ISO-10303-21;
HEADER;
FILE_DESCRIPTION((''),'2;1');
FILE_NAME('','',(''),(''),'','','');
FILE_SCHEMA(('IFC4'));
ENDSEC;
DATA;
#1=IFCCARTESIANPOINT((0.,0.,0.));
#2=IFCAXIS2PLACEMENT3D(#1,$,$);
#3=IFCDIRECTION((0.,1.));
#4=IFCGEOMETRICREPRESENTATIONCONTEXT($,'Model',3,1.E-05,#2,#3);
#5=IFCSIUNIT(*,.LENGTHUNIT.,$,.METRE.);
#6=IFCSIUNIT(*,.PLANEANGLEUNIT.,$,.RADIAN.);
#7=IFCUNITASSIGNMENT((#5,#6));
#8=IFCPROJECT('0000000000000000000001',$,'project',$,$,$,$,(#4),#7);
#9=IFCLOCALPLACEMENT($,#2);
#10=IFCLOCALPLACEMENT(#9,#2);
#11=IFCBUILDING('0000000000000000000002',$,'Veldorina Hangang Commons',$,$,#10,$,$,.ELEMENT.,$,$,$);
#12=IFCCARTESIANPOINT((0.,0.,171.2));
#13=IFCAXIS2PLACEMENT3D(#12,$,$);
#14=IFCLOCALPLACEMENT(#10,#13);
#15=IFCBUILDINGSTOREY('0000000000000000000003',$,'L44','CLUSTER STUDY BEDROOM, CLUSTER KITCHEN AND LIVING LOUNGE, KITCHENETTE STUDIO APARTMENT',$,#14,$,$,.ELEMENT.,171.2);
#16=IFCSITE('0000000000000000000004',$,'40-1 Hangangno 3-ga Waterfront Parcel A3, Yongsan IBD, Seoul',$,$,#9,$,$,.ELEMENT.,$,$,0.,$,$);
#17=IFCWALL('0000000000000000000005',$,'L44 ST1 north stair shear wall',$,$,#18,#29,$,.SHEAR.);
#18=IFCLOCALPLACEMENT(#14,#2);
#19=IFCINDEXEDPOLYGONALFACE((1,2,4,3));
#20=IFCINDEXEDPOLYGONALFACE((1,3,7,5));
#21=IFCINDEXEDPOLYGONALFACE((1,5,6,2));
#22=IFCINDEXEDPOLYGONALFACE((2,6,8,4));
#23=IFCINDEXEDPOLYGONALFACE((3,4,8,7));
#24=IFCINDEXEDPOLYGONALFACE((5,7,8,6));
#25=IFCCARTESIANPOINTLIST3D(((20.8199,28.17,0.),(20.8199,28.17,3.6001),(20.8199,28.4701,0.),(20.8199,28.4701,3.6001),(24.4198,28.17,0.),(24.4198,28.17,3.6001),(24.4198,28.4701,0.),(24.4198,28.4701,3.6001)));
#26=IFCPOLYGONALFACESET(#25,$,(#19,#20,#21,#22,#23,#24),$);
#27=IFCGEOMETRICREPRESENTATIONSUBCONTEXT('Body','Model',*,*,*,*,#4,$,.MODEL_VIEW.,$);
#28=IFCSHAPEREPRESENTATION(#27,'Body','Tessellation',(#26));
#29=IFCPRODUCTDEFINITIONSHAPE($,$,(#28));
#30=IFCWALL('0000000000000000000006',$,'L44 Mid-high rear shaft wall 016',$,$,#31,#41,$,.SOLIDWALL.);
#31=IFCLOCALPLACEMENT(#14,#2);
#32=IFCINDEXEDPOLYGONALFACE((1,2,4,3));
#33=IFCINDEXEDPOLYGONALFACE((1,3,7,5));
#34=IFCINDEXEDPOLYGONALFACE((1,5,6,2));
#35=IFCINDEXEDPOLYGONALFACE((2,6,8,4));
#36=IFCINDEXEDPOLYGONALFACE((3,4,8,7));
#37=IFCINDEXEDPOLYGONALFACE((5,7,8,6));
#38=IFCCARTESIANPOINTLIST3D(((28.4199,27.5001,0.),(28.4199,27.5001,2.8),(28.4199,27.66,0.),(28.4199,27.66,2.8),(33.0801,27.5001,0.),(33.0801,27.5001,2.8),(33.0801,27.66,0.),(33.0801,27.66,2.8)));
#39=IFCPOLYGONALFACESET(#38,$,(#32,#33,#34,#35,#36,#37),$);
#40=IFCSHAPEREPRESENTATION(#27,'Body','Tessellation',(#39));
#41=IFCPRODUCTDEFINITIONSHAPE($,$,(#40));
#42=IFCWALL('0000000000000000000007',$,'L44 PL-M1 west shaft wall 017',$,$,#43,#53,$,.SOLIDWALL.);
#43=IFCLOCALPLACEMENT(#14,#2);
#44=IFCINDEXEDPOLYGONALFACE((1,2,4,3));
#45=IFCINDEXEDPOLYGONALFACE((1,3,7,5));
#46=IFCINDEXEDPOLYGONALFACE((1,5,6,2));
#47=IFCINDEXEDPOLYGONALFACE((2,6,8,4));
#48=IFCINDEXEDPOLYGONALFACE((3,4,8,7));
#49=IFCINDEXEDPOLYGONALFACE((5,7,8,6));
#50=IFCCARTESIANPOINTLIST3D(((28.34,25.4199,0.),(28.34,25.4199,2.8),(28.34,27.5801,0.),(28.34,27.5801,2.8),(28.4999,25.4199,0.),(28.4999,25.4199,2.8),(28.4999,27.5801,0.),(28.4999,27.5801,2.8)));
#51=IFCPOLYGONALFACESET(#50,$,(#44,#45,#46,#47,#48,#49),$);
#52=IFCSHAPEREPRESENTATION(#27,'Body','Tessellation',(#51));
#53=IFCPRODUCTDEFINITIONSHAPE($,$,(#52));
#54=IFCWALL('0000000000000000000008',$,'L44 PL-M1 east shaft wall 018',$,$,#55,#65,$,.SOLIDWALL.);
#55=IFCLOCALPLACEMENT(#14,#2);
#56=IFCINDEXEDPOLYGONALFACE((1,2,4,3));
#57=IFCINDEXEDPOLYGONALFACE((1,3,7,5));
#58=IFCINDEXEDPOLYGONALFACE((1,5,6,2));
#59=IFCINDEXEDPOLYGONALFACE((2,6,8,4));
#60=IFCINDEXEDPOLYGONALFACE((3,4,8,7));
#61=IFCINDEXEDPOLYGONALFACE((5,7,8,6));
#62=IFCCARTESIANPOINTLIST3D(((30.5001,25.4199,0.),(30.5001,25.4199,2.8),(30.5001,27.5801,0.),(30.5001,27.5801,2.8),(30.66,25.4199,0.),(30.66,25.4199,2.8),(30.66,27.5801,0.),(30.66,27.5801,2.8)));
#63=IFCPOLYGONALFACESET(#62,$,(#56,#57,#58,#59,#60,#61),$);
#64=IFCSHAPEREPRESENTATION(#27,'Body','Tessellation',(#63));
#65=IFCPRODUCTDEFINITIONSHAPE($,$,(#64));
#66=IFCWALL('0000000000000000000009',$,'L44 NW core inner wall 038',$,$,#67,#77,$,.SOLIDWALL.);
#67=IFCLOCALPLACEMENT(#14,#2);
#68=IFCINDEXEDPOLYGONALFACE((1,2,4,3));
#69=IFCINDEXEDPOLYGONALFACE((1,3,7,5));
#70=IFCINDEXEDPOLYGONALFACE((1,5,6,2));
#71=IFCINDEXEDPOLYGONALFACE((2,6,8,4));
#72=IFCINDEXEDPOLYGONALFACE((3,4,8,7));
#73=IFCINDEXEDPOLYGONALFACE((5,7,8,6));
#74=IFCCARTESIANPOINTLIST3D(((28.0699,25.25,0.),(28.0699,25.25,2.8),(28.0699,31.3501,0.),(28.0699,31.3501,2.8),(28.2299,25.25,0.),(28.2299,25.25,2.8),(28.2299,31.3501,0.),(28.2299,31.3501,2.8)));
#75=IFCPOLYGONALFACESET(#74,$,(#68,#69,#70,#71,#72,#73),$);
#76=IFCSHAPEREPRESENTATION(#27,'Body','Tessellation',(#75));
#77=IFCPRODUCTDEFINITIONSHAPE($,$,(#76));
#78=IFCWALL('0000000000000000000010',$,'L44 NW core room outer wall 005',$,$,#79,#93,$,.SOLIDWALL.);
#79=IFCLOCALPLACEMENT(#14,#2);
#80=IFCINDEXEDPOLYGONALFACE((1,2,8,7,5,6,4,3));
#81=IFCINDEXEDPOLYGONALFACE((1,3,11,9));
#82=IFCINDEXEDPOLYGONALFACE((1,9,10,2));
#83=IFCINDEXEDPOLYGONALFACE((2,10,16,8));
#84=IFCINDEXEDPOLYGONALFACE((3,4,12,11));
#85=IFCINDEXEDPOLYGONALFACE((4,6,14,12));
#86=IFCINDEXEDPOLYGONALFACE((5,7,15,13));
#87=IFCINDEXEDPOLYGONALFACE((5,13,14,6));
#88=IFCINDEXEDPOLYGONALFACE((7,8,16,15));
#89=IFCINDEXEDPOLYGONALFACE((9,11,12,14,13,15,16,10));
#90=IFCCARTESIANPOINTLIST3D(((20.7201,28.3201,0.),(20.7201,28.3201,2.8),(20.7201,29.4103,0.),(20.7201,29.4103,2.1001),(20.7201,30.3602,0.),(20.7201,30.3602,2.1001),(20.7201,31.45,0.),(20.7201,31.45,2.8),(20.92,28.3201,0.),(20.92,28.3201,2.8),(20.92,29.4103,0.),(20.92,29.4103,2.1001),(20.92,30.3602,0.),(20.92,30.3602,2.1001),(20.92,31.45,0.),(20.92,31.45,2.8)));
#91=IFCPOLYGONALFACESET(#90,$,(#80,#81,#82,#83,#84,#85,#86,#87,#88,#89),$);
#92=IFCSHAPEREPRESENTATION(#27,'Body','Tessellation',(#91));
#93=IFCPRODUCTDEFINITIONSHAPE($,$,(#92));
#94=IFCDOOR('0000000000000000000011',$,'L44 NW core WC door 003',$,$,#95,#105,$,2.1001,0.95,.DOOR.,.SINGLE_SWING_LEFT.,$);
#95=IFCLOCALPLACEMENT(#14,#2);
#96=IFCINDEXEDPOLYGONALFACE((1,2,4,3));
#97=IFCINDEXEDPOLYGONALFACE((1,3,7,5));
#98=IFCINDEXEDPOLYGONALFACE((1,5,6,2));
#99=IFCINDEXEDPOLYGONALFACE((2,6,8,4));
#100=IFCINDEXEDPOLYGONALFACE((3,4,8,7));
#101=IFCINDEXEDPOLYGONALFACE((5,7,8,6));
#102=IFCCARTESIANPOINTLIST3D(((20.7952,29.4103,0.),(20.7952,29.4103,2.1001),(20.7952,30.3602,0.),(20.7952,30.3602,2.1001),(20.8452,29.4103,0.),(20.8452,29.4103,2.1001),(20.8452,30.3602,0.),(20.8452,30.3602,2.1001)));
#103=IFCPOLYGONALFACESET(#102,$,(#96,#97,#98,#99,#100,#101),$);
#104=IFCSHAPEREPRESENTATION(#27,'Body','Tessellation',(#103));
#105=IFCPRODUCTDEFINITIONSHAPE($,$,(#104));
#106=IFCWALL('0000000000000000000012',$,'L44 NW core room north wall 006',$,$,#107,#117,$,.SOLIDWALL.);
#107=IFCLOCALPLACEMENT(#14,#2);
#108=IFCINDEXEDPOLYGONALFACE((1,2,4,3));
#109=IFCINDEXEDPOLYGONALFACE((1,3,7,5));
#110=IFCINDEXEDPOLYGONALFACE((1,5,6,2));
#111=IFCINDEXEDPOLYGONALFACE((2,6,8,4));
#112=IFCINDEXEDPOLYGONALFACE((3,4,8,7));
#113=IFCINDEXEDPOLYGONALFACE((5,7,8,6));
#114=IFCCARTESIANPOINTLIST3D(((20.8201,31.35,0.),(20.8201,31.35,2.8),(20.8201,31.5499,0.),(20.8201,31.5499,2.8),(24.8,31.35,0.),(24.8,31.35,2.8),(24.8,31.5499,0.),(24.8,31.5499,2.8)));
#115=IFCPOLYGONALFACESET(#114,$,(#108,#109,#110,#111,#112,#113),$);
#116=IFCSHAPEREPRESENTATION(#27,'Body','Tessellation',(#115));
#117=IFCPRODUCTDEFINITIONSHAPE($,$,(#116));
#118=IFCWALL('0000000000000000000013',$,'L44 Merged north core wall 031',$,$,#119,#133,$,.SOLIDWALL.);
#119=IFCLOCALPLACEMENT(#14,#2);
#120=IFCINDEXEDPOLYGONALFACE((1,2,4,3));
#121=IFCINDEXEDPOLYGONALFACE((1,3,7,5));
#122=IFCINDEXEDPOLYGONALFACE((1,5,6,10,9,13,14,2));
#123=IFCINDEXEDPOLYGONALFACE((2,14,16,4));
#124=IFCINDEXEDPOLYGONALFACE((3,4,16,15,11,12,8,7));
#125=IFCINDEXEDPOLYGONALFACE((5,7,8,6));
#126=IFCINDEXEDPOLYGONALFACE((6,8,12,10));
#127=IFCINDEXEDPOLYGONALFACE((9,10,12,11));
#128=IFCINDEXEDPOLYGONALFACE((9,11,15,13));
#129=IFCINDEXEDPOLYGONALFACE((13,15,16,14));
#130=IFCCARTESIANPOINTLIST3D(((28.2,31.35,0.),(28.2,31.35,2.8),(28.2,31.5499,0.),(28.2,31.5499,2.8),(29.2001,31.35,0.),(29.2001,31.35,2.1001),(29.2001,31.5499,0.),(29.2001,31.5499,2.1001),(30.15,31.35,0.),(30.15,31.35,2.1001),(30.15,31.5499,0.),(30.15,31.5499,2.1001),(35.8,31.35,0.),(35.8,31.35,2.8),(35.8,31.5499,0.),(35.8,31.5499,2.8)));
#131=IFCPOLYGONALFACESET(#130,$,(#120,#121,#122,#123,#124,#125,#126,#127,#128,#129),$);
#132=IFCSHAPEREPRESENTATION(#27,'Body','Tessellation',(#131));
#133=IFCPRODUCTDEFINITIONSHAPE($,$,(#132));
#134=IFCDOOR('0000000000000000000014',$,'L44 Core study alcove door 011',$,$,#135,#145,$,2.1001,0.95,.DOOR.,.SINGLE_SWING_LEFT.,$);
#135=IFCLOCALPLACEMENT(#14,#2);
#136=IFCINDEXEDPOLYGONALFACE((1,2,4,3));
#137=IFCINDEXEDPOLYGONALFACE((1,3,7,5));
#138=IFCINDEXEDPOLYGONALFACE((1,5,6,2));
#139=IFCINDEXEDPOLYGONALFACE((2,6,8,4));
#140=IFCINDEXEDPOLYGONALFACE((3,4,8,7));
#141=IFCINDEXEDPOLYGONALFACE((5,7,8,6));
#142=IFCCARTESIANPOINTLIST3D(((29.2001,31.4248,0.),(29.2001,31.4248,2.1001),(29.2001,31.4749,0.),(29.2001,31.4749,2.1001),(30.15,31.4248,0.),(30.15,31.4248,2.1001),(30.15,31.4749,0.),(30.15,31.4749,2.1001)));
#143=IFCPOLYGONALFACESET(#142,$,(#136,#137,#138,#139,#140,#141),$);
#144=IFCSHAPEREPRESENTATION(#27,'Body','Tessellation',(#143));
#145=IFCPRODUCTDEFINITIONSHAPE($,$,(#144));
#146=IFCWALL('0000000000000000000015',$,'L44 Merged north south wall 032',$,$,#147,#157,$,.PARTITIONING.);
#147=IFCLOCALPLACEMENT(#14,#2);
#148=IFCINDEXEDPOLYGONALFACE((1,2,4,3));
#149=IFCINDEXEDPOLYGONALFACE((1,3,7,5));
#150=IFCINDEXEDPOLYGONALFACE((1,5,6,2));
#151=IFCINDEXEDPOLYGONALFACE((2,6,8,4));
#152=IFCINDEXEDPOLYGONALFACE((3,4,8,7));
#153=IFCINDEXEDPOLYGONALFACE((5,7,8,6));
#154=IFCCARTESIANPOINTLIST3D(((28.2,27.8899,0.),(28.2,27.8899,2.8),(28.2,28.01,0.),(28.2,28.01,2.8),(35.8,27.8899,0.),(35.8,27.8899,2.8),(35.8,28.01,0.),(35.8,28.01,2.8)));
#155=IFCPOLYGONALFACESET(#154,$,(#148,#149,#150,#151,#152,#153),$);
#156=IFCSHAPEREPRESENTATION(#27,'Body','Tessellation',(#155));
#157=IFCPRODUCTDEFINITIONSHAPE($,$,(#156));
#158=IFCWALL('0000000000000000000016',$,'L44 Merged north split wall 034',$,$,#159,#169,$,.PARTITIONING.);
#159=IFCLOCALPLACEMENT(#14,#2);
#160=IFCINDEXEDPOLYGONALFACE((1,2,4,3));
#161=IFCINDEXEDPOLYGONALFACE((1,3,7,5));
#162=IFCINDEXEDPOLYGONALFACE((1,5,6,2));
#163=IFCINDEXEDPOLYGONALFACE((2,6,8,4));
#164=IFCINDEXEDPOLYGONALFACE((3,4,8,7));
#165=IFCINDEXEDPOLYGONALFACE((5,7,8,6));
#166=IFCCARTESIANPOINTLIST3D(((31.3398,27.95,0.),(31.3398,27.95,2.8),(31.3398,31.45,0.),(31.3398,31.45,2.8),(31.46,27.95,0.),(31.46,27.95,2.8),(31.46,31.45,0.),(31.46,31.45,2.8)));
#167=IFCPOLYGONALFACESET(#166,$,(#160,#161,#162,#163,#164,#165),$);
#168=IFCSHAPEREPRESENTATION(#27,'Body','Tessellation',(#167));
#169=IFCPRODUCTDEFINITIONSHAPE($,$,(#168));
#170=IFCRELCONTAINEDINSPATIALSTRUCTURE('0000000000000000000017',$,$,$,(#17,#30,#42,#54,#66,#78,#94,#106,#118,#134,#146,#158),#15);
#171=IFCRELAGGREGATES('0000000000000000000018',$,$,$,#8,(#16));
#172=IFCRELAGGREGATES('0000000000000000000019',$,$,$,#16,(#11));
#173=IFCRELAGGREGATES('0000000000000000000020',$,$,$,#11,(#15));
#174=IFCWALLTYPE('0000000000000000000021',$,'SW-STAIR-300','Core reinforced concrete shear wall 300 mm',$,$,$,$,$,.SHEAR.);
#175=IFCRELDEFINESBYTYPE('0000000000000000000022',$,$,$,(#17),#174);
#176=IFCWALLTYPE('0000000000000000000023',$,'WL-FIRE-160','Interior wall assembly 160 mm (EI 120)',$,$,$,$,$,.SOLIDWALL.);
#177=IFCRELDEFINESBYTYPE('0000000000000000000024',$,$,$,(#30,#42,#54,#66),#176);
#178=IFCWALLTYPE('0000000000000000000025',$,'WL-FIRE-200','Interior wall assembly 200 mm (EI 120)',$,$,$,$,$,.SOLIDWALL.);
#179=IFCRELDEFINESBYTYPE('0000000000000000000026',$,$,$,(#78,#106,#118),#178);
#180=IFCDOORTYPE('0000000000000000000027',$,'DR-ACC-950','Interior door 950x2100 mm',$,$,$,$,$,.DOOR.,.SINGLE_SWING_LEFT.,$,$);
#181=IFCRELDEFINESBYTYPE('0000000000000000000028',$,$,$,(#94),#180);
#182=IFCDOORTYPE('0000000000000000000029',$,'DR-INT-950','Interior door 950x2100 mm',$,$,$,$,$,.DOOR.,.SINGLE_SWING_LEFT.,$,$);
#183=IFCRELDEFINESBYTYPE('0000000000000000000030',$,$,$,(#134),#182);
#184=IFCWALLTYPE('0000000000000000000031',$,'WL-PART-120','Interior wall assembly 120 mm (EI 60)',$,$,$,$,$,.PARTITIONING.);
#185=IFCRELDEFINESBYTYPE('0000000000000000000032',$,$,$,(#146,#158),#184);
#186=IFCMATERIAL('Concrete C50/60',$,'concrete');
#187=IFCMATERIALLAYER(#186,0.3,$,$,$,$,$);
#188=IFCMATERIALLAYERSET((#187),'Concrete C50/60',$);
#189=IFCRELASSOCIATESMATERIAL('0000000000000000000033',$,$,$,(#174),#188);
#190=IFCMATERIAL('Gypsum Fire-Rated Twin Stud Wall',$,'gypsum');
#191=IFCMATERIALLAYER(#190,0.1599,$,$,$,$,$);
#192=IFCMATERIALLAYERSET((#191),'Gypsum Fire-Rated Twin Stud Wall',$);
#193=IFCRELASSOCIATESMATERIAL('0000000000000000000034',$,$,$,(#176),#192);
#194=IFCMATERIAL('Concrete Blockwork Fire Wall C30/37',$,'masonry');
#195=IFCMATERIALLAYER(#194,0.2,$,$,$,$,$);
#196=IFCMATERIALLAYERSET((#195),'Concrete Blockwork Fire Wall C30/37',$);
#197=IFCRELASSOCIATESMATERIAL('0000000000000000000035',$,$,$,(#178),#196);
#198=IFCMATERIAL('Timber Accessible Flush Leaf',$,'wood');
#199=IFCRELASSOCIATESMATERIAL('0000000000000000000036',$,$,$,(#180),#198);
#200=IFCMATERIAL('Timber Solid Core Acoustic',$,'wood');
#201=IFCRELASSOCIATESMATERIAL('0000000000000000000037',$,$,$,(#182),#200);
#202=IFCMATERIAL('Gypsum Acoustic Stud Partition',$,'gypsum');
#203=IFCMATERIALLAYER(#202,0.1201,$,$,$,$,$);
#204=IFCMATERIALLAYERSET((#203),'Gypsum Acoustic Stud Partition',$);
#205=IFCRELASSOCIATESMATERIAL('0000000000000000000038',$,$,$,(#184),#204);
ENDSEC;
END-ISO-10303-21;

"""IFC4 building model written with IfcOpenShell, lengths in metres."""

from ifc_helpers import new_model, si_unit, direction, frame, frame_2d, origin, place, context, subcontext, project, spatial, rectangle, extrude, material, layer, layer_set, type_object, element, fill, save


model = new_model("IFC4")

# Units and contexts
model_context = context("Model", 3, precision=1e-05, world=origin(), true_north=direction((0.0, 1.0)))
body_context = subcontext(model_context, "Body", "Model", "MODEL_VIEW")
ifc_project = project(units=[si_unit("LENGTHUNIT", "METRE"), si_unit("PLANEANGLEUNIT", "RADIAN")], contexts=[model_context])

# Site, building, storey
site_placement = place(None, origin())
site = spatial("IfcSite", under=ifc_project, at=site_placement, Name="40-1 Hangangno 3-ga Waterfront Parcel A3, Yongsan IBD, Seoul", CompositionType="ELEMENT", RefElevation=0.0)
building_placement = place(site_placement, origin())
building = spatial("IfcBuilding", under=site, at=building_placement, Name="Veldorina Hangang Commons", CompositionType="ELEMENT")
storey_placement = place(building_placement, frame((0.0, 0.0, 171.2)))
storey = spatial("IfcBuildingStorey", under=building, at=storey_placement, Name="L44", Description="CLUSTER STUDY BEDROOM, CLUSTER KITCHEN AND LIVING LOUNGE, KITCHENETTE STUDIO APARTMENT", CompositionType="ELEMENT", Elevation=171.2)

# Wall
ifc_material_1 = material(Name="Concrete C50/60", Category="concrete")
ifc_layer_1 = layer(ifc_material_1, 0.3)
ifc_layer_set_1 = layer_set([ifc_layer_1], Name="Concrete C50/60")
wall_type_1 = type_object("IfcWallType", Name="SW-STAIR-300", Description="Core reinforced concrete shear wall 300 mm", PredefinedType="SHEAR", material=ifc_layer_set_1)
wall_1_placement = place(storey_placement, frame((20.8201, 28.3201, 0.0), z_axis=(0.0, 0.0, 1.0), x_axis=(1.0, 0.0, 0.0)))
element("IfcWall", 1, at=wall_1_placement, inside=storey, type_object=wall_type_1, Name="L44 ST1 north stair shear wall", PredefinedType="SHEAR", context=body_context, shape_type="SweptSolid", body=[
    extrude(rectangle(XDim=3.5999, YDim=0.3, at=frame_2d((1.7998, 0.0))), origin(), (0.0, 0.0, 1.0), 3.6001),
])

# Shared definitions
ifc_material_2 = material(Name="Gypsum Fire-Rated Twin Stud Wall", Category="gypsum")
ifc_layer_2 = layer(ifc_material_2, 0.1599)
ifc_layer_set_2 = layer_set([ifc_layer_2], Name="Gypsum Fire-Rated Twin Stud Wall")
wall_type_2 = type_object("IfcWallType", Name="WL-FIRE-160", Description="Interior wall assembly 160 mm (EI 120)", PredefinedType="SOLIDWALL", material=ifc_layer_set_2)

# Walls
wall_2_placement = place(storey_placement, frame((28.4199, 27.5801, 0.0), z_axis=(0.0, 0.0, 1.0), x_axis=(1.0, 0.0, 0.0)))
element("IfcWall", 2, at=wall_2_placement, inside=storey, type_object=wall_type_2, Name="L44 Mid-high rear shaft wall 016", PredefinedType="SOLIDWALL", context=body_context, shape_type="SweptSolid", body=[
    extrude(rectangle(XDim=4.6602, YDim=0.1599, at=frame_2d((2.3301, 0.0))), origin(), (0.0, 0.0, 1.0), 2.8),
])
for number, where, z_axis, x_axis, name in (
    (3, (28.4199, 25.4199, 0.0), (0.0, 0.0, 1.0), (0.0, 1.0, 0.0), "L44 PL-M1 west shaft wall 017"),
    (4, (30.5801, 25.4199, 0.0), (0.0, 0.0, 1.0), (0.0, 1.0, 0.0), "L44 PL-M1 east shaft wall 018"),
):
    element("IfcWall", number, at=place(storey_placement, frame(where, z_axis=z_axis, x_axis=x_axis)), inside=storey, type_object=wall_type_2, Name=name, PredefinedType="SOLIDWALL", context=body_context, shape_type="SweptSolid", body=[
        extrude(rectangle(XDim=2.1602, YDim=0.1599, at=frame_2d((1.0801, 0.0))), origin(), (0.0, 0.0, 1.0), 2.8),
    ])
wall_3_placement = place(storey_placement, frame((28.1499, 25.25, 0.0), z_axis=(0.0, 0.0, 1.0), x_axis=(0.0, 1.0, 0.0)))
element("IfcWall", 5, at=wall_3_placement, inside=storey, type_object=wall_type_2, Name="L44 NW core inner wall 038", PredefinedType="SOLIDWALL", context=body_context, shape_type="SweptSolid", body=[
    extrude(rectangle(XDim=6.1001, YDim=0.1599, at=frame_2d((3.05, 0.0))), origin(), (0.0, 0.0, 1.0), 2.8),
])

# Wall, opening, door
ifc_material_3 = material(Name="Concrete Blockwork Fire Wall C30/37", Category="masonry")
ifc_layer_3 = layer(ifc_material_3, 0.2)
ifc_layer_set_3 = layer_set([ifc_layer_3], Name="Concrete Blockwork Fire Wall C30/37")
wall_type_3 = type_object("IfcWallType", Name="WL-FIRE-200", Description="Interior wall assembly 200 mm (EI 120)", PredefinedType="SOLIDWALL", material=ifc_layer_set_3)
wall_4_placement = place(storey_placement, frame((20.8201, 28.3201, 0.0), z_axis=(0.0, 0.0, 1.0), x_axis=(0.0, 1.0, 0.0)))
wall_4 = element("IfcWall", 6, at=wall_4_placement, inside=storey, type_object=wall_type_3, Name="L44 NW core room outer wall 005", PredefinedType="SOLIDWALL", context=body_context, shape_type="SweptSolid", body=[
    extrude(rectangle(XDim=3.1299, YDim=0.2, at=frame_2d((1.5649, 0.0))), origin(), (0.0, 0.0, 1.0), 2.8),
])
opening_1_placement = place(wall_4_placement, frame((1.0901, 0.0, 0.0)))
opening_1 = element("IfcOpeningElement", 7, at=opening_1_placement, cuts=wall_4, PredefinedType="OPENING", context=body_context, shape_type="SweptSolid", body=[
    extrude(rectangle(XDim=0.95, YDim=2.1001, at=frame_2d((0.4751, 1.05))), frame((0.0, 0.1099, 0.0), z_axis=(0.0, -1.0, 0.0), x_axis=(1.0, 0.0, 0.0)), (0.0, 0.0, 1.0), 0.22),
])
ifc_material_4 = material(Name="Timber Accessible Flush Leaf", Category="wood")
door_type_1 = type_object("IfcDoorType", Name="DR-ACC-950", Description="Interior door 950x2100 mm", OperationType="SINGLE_SWING_LEFT", PredefinedType="DOOR", material=ifc_material_4)
door_1_placement = place(opening_1_placement, origin())
door_1 = element("IfcDoor", 8, at=door_1_placement, inside=storey, type_object=door_type_1, Name="L44 NW core WC door 003", OperationType="SINGLE_SWING_LEFT", OverallHeight=2.1001, OverallWidth=0.95, PredefinedType="DOOR", context=body_context, shape_type="SweptSolid", body=[
    extrude(rectangle(XDim=0.95, YDim=2.1001, at=frame_2d((0.4751, 1.05))), frame((0.0, 0.0249, 0.0), z_axis=(0.0, -1.0, 0.0), x_axis=(1.0, 0.0, 0.0)), (0.0, 0.0, 1.0), 0.05),
])
fill(opening_1, door_1)

# Wall
wall_5_placement = place(storey_placement, frame((20.8201, 31.45, 0.0), z_axis=(0.0, 0.0, 1.0), x_axis=(1.0, 0.0, 0.0)))
element("IfcWall", 9, at=wall_5_placement, inside=storey, type_object=wall_type_3, Name="L44 NW core room north wall 006", PredefinedType="SOLIDWALL", context=body_context, shape_type="SweptSolid", body=[
    extrude(rectangle(XDim=3.98, YDim=0.2, at=frame_2d((1.99, 0.0))), origin(), (0.0, 0.0, 1.0), 2.8),
])

# Wall, opening, door
wall_6_placement = place(storey_placement, frame((28.2, 31.45, 0.0), z_axis=(0.0, 0.0, 1.0), x_axis=(1.0, 0.0, 0.0)))
wall_6 = element("IfcWall", 10, at=wall_6_placement, inside=storey, type_object=wall_type_3, Name="L44 Merged north core wall 031", PredefinedType="SOLIDWALL", context=body_context, shape_type="SweptSolid", body=[
    extrude(rectangle(XDim=7.6001, YDim=0.2, at=frame_2d((3.8, 0.0))), origin(), (0.0, 0.0, 1.0), 2.8),
])
opening_2_placement = place(wall_6_placement, frame((1.0, 0.0, 0.0)))
opening_2 = element("IfcOpeningElement", 11, at=opening_2_placement, cuts=wall_6, PredefinedType="OPENING", context=body_context, shape_type="SweptSolid", body=[
    extrude(rectangle(XDim=0.95, YDim=2.1001, at=frame_2d((0.4751, 1.05))), frame((0.0, 0.1099, 0.0), z_axis=(0.0, -1.0, 0.0), x_axis=(1.0, 0.0, 0.0)), (0.0, 0.0, 1.0), 0.22),
])
ifc_material_5 = material(Name="Timber Solid Core Acoustic", Category="wood")
door_type_2 = type_object("IfcDoorType", Name="DR-INT-950", Description="Interior door 950x2100 mm", OperationType="SINGLE_SWING_LEFT", PredefinedType="DOOR", material=ifc_material_5)
door_2_placement = place(opening_2_placement, origin())
door_2 = element("IfcDoor", 12, at=door_2_placement, inside=storey, type_object=door_type_2, Name="L44 Core study alcove door 011", OperationType="SINGLE_SWING_LEFT", OverallHeight=2.1001, OverallWidth=0.95, PredefinedType="DOOR", context=body_context, shape_type="SweptSolid", body=[
    extrude(rectangle(XDim=0.95, YDim=2.1001, at=frame_2d((0.4751, 1.05))), frame((0.0, 0.0249, 0.0), z_axis=(0.0, -1.0, 0.0), x_axis=(1.0, 0.0, 0.0)), (0.0, 0.0, 1.0), 0.05),
])
fill(opening_2, door_2)

# Walls
ifc_material_6 = material(Name="Gypsum Acoustic Stud Partition", Category="gypsum")
ifc_layer_4 = layer(ifc_material_6, 0.1201)
ifc_layer_set_4 = layer_set([ifc_layer_4], Name="Gypsum Acoustic Stud Partition")
wall_type_4 = type_object("IfcWallType", Name="WL-PART-120", Description="Interior wall assembly 120 mm (EI 60)", PredefinedType="PARTITIONING", material=ifc_layer_set_4)
wall_7_placement = place(storey_placement, frame((28.2, 27.95, 0.0), z_axis=(0.0, 0.0, 1.0), x_axis=(1.0, 0.0, 0.0)))
element("IfcWall", 13, at=wall_7_placement, inside=storey, type_object=wall_type_4, Name="L44 Merged north south wall 032", PredefinedType="PARTITIONING", context=body_context, shape_type="SweptSolid", body=[
    extrude(rectangle(XDim=7.6001, YDim=0.1201, at=frame_2d((3.8, 0.0))), origin(), (0.0, 0.0, 1.0), 2.8),
])
wall_8_placement = place(storey_placement, frame((31.3999, 27.95, 0.0), z_axis=(0.0, 0.0, 1.0), x_axis=(0.0, 1.0, 0.0)))
element("IfcWall", 14, at=wall_8_placement, inside=storey, type_object=wall_type_4, Name="L44 Merged north split wall 034", PredefinedType="PARTITIONING", context=body_context, shape_type="SweptSolid", body=[
    extrude(rectangle(XDim=3.5, YDim=0.1201, at=frame_2d((1.75, 0.0))), origin(), (0.0, 0.0, 1.0), 2.8),
])

save(model, "model.ifc")
